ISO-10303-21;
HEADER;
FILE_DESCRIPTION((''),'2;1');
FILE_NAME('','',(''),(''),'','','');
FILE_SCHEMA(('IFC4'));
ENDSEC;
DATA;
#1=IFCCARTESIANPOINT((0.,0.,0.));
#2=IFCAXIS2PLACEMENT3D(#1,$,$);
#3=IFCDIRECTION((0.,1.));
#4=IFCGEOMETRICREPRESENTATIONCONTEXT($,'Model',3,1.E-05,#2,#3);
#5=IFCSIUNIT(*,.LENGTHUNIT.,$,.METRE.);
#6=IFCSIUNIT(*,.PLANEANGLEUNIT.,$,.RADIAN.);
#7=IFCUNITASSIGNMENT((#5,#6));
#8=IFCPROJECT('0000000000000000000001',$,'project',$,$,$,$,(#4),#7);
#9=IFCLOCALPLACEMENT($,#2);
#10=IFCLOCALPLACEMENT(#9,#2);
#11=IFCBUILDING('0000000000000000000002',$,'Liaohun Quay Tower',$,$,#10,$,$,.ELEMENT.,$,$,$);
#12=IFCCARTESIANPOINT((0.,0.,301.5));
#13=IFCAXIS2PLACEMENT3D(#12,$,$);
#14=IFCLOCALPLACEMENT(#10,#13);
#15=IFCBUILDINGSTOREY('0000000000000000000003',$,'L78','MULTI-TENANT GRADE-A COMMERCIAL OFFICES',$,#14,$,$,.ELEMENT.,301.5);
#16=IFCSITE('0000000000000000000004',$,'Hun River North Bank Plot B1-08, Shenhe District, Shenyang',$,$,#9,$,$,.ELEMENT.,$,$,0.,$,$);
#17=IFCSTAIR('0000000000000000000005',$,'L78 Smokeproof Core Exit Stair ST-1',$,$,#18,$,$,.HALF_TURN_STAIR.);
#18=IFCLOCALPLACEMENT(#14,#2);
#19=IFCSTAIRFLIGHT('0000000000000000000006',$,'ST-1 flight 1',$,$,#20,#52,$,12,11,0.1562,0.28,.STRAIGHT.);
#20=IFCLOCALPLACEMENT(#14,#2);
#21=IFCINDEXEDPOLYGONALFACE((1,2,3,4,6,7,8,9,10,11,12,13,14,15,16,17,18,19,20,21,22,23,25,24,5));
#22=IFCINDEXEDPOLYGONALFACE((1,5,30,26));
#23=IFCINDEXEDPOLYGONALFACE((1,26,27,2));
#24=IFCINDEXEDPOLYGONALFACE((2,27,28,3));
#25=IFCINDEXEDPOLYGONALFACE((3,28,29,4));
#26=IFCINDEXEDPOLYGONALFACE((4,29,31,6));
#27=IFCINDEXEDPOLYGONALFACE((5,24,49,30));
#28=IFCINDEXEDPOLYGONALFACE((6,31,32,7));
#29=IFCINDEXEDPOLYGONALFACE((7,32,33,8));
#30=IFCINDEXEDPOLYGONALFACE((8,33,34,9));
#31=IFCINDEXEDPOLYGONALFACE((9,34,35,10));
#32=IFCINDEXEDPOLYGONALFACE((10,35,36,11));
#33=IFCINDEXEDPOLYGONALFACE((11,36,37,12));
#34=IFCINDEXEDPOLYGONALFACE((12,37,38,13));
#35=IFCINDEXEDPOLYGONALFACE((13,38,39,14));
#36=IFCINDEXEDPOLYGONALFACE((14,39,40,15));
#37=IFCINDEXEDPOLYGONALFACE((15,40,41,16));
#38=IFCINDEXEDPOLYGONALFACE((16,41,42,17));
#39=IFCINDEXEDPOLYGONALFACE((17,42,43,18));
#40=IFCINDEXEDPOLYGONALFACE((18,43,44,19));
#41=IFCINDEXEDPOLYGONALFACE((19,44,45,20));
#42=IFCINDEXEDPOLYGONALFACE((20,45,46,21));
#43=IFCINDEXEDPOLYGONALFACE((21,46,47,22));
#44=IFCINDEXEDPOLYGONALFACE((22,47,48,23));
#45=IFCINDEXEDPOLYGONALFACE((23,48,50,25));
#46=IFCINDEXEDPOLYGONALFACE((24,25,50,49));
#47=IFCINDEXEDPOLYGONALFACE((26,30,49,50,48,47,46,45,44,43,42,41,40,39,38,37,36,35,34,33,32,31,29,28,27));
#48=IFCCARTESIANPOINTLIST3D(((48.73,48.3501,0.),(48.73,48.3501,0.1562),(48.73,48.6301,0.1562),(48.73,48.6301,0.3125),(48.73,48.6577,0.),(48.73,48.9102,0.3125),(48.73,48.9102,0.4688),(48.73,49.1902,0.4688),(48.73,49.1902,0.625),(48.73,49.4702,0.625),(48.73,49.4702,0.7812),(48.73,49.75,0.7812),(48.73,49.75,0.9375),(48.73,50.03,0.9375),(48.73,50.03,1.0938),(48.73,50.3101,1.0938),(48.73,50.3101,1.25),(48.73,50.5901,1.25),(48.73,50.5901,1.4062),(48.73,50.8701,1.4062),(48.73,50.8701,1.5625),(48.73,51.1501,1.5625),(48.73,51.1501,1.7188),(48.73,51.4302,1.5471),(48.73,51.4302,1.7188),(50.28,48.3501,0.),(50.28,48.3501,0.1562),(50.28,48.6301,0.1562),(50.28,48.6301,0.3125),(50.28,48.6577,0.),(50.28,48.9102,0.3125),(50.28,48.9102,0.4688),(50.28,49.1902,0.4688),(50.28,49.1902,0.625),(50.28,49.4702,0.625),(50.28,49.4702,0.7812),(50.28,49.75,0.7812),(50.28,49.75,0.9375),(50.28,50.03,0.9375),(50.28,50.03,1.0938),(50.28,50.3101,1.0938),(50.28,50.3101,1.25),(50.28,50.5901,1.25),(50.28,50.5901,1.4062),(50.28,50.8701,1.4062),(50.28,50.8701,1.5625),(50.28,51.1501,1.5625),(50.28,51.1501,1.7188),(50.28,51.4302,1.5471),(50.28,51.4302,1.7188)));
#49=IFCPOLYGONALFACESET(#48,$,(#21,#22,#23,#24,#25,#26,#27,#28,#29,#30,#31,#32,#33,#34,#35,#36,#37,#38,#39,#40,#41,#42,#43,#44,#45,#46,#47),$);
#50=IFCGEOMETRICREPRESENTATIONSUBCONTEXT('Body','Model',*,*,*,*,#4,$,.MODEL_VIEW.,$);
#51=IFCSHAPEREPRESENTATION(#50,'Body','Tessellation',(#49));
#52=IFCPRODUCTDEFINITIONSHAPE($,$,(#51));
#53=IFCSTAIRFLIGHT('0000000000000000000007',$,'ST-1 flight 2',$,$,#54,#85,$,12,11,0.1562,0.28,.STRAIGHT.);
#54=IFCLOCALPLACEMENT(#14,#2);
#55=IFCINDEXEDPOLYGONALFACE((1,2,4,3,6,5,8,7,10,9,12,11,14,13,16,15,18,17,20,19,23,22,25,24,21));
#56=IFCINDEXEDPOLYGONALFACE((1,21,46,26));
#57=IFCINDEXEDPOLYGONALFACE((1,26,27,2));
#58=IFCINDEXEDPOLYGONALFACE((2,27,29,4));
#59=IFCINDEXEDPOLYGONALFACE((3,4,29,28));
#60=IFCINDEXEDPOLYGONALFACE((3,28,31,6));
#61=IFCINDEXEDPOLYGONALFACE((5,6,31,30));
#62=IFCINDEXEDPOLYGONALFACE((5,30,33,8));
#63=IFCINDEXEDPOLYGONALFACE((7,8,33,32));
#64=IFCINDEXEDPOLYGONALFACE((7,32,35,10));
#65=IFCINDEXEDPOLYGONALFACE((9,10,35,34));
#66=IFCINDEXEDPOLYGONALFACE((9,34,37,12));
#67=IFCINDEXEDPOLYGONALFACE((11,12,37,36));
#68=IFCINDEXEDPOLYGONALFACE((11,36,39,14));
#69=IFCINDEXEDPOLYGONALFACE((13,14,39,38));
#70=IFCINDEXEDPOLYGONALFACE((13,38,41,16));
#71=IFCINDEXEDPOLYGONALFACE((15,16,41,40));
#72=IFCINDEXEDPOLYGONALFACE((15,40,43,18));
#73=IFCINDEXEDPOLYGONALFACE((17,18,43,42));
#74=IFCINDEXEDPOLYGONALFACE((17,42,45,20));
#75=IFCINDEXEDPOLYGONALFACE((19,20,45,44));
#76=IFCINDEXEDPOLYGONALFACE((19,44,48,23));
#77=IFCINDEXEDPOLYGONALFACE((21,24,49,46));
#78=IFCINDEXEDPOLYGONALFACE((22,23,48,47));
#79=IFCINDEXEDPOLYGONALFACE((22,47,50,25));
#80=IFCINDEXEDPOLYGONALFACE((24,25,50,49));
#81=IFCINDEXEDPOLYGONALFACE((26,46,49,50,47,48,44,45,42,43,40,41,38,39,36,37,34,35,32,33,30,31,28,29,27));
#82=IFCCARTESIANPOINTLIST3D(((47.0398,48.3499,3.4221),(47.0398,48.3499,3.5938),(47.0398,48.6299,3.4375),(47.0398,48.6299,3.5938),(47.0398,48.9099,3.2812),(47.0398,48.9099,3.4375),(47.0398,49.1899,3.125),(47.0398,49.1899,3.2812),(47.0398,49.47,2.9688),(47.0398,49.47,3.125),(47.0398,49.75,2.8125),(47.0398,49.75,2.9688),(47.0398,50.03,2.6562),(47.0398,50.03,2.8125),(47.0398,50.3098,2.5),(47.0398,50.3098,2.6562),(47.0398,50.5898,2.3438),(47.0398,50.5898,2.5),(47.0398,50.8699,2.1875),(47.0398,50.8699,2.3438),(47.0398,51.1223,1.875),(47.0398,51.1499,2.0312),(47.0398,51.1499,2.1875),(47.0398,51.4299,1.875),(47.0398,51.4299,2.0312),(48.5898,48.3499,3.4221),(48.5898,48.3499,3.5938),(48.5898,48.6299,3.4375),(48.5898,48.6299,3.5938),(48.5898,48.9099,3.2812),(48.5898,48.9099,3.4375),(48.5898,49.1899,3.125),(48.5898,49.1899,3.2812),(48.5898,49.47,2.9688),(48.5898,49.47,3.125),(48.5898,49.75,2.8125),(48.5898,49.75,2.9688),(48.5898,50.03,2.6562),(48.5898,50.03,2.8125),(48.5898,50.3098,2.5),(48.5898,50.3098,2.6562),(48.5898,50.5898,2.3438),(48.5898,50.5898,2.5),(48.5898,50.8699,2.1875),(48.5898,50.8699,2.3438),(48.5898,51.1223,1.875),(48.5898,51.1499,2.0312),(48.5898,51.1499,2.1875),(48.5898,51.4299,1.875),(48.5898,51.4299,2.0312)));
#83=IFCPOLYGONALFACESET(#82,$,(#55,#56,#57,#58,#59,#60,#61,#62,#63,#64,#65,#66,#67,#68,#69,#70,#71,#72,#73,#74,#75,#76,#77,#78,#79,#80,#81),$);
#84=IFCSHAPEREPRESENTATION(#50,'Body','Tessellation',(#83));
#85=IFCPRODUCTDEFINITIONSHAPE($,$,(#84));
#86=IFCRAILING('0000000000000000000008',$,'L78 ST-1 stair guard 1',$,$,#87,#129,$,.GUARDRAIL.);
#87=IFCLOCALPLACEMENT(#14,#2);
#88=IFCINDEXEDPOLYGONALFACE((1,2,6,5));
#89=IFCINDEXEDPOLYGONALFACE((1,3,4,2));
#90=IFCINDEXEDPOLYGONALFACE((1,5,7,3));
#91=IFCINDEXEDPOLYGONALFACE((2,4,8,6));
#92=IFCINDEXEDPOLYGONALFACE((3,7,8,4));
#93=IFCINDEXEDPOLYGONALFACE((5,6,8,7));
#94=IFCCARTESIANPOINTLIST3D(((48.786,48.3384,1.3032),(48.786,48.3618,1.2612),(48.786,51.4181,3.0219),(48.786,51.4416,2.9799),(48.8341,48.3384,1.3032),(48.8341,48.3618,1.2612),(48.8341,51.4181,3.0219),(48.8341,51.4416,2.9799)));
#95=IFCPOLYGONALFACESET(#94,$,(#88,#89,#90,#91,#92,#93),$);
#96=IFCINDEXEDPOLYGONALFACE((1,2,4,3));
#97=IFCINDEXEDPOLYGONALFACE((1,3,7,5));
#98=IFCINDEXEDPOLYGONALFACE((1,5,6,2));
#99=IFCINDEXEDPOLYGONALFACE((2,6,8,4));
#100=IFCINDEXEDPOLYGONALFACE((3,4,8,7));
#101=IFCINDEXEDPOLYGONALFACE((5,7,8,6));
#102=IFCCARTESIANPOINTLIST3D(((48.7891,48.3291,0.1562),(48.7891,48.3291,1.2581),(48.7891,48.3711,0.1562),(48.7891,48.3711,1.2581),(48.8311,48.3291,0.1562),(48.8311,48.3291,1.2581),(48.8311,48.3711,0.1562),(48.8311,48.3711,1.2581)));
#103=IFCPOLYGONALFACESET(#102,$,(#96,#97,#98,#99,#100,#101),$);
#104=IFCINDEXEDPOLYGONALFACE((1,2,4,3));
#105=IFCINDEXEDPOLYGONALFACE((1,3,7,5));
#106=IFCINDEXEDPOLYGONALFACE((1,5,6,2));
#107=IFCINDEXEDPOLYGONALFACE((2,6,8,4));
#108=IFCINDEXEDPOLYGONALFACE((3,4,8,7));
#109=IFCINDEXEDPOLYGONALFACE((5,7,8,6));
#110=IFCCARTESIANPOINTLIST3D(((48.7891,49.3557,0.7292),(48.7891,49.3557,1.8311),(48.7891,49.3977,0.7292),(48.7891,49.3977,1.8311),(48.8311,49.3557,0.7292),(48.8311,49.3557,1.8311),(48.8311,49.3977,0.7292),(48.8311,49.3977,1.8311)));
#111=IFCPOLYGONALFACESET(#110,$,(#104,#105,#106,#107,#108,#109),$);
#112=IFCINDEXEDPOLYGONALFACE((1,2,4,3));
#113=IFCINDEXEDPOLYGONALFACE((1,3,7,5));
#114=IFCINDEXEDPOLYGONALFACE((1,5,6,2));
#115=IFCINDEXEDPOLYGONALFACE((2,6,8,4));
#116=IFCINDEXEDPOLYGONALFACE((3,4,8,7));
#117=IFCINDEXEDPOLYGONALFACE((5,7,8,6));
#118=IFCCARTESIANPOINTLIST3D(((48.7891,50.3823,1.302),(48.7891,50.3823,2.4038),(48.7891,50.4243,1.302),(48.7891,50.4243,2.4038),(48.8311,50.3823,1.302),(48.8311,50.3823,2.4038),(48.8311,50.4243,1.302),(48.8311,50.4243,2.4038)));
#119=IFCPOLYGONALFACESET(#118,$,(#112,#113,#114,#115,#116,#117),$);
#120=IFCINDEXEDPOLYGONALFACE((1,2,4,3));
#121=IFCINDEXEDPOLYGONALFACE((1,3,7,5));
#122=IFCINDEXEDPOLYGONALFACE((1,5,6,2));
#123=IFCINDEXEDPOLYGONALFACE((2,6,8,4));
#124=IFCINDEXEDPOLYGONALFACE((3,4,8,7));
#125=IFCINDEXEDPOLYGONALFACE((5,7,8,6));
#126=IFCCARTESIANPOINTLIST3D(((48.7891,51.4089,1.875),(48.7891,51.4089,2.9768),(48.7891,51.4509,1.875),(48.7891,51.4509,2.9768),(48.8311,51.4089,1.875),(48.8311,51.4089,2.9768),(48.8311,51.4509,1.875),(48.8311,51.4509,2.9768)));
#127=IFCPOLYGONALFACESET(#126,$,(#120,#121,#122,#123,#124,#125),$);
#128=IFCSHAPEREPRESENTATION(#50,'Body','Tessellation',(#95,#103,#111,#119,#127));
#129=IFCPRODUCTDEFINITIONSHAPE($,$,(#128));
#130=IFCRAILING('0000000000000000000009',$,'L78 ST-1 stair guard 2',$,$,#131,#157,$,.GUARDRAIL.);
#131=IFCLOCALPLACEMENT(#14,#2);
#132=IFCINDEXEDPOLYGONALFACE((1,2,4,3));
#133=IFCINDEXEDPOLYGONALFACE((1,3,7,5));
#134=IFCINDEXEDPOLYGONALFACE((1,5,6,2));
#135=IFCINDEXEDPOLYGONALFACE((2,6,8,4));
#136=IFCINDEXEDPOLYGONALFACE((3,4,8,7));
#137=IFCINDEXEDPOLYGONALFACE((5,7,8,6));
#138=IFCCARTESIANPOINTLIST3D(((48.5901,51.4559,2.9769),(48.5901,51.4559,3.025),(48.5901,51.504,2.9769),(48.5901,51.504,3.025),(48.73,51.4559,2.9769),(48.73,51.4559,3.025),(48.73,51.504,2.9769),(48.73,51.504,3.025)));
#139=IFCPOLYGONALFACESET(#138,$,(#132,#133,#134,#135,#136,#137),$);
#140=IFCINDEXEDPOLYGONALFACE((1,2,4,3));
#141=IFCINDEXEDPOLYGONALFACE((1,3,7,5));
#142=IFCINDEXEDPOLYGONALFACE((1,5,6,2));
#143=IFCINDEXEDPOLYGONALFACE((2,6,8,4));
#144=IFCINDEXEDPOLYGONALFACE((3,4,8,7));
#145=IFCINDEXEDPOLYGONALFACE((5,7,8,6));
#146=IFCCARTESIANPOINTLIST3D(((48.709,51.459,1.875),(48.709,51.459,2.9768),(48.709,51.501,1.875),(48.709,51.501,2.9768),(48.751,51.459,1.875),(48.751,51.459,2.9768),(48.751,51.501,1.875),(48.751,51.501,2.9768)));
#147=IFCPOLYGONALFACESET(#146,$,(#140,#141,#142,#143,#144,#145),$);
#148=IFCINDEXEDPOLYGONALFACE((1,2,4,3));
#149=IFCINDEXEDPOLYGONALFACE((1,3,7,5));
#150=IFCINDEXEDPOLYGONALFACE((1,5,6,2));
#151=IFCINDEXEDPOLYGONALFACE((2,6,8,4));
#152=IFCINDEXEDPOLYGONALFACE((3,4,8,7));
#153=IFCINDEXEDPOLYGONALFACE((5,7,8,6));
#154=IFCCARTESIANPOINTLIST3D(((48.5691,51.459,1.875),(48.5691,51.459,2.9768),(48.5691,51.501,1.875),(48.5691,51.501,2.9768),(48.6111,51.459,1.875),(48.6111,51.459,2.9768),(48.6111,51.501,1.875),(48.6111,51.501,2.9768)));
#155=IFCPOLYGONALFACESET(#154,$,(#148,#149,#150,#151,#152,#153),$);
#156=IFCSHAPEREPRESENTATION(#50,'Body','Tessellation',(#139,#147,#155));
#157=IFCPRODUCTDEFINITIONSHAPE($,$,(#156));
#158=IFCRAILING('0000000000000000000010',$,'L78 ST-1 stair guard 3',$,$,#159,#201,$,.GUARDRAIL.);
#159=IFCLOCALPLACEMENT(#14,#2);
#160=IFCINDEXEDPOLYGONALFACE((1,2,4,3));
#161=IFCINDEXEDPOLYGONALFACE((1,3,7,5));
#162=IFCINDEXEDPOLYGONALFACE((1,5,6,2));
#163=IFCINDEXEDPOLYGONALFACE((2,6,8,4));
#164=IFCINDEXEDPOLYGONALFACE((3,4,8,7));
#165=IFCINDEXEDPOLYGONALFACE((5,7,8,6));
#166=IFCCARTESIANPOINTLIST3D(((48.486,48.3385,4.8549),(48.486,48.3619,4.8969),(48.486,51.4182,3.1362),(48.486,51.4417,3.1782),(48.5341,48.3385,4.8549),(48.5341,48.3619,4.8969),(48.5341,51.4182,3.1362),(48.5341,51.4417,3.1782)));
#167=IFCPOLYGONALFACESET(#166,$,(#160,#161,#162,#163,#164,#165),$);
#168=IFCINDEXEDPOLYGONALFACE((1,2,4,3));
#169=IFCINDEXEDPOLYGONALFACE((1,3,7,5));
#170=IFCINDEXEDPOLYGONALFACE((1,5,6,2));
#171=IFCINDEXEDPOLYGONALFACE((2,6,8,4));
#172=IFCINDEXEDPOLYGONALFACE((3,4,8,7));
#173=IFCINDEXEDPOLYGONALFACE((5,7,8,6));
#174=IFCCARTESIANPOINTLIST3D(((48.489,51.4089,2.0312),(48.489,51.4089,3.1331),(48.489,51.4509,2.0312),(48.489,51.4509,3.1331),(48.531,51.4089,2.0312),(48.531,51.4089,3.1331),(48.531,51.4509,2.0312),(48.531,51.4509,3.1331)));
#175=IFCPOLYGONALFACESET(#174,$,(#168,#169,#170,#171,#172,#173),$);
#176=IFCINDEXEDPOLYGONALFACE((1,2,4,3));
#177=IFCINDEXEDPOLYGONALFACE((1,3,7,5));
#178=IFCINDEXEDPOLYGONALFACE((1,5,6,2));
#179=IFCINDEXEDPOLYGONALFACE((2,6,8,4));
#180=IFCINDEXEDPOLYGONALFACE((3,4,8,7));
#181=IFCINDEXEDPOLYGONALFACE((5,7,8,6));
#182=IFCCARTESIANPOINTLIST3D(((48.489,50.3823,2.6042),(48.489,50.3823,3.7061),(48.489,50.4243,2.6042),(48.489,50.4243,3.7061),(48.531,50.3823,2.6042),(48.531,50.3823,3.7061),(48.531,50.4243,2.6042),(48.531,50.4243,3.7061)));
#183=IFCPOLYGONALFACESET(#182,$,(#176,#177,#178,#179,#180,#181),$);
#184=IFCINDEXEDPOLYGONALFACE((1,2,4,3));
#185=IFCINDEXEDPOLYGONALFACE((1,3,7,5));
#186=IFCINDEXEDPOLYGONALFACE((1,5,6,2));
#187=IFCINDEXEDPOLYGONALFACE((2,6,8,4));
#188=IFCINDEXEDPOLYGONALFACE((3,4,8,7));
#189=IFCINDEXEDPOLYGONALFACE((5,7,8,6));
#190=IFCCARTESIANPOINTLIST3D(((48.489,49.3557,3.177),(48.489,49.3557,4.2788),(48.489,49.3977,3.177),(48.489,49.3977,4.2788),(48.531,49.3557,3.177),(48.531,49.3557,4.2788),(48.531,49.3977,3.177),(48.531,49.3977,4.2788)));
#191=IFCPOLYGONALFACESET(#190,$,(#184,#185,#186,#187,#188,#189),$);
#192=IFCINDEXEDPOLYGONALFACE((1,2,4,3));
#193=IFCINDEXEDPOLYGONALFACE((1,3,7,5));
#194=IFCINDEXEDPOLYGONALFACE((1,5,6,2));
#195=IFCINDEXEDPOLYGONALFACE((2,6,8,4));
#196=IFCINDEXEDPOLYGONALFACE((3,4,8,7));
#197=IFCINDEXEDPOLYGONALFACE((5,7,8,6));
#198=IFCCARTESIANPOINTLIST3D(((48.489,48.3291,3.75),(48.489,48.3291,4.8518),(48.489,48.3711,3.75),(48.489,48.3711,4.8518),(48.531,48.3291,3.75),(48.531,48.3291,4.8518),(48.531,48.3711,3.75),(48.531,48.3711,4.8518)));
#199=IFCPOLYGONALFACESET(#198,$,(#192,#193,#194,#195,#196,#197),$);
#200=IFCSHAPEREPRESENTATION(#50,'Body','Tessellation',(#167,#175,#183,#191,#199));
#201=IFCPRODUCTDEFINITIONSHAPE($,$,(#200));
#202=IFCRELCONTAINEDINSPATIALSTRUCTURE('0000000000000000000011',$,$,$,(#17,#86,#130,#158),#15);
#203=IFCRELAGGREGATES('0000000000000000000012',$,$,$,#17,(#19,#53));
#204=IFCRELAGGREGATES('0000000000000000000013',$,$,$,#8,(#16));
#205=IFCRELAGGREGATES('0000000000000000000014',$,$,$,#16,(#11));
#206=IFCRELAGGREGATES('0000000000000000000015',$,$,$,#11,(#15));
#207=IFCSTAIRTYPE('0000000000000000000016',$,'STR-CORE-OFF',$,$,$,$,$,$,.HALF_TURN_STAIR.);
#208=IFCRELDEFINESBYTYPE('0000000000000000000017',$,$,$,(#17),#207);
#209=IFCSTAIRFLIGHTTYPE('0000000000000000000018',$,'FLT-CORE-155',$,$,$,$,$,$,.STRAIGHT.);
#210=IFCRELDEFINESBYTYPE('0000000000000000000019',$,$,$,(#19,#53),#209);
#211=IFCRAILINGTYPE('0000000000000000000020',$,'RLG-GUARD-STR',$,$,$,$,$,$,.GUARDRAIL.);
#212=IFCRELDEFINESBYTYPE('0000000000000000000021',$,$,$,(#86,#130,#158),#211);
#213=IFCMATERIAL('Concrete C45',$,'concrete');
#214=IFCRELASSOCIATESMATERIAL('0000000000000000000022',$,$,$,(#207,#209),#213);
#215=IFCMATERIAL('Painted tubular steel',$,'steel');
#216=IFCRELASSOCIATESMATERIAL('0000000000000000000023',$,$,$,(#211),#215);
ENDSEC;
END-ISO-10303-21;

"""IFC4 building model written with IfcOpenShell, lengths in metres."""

from ifc_helpers import new_model, si_unit, direction, frame, origin, origin_2d, place, context, subcontext, project, spatial, polyline, rectangle, outline, extrude, material, type_object, element, aggregate, save


model = new_model("IFC4")

# Units and contexts
model_context = context("Model", 3, precision=1e-05, world=origin(), true_north=direction((0.0, 1.0)))
body_context = subcontext(model_context, "Body", "Model", "MODEL_VIEW")
ifc_project = project(units=[si_unit("LENGTHUNIT", "METRE"), si_unit("PLANEANGLEUNIT", "RADIAN")], contexts=[model_context])

# Site, building, storey
site_placement = place(None, origin())
site = spatial("IfcSite", under=ifc_project, at=site_placement, Name="Hun River North Bank Plot B1-08, Shenhe District, Shenyang", CompositionType="ELEMENT", RefElevation=0.0)
building_placement = place(site_placement, origin())
building = spatial("IfcBuilding", under=site, at=building_placement, Name="Liaohun Quay Tower", CompositionType="ELEMENT")
storey_placement = place(building_placement, frame((0.0, 0.0, 301.5)))
storey = spatial("IfcBuildingStorey", under=building, at=storey_placement, Name="L78", Description="MULTI-TENANT GRADE-A COMMERCIAL OFFICES", CompositionType="ELEMENT", Elevation=301.5)

# Stair
ifc_material_1 = material(Name="Concrete C45", Category="concrete")
stair_type = type_object("IfcStairType", Name="STR-CORE-OFF", PredefinedType="HALF_TURN_STAIR", material=ifc_material_1)
stair_1_placement = place(storey_placement, origin())
stair_1 = element("IfcStair", 1, at=stair_1_placement, inside=storey, type_object=stair_type, Name="L78 Smokeproof Core Exit Stair ST-1", PredefinedType="HALF_TURN_STAIR")

# Stair flights
stair_flight_type = type_object("IfcStairFlightType", Name="FLT-CORE-155", PredefinedType="STRAIGHT", material=ifc_material_1)
stair_flight_1_placement = place(storey_placement, frame((49.5049, 48.3501, 0.0), z_axis=(0.0, 0.0, 1.0), x_axis=(0.0, 1.0, 0.0)))
stair_flight_1 = element("IfcStairFlight", 2, at=stair_flight_1_placement, type_object=stair_flight_type, Name="ST-1 flight 1", NumberOfRisers=12, NumberOfTreads=11, PredefinedType="STRAIGHT", RiserHeight=0.1562, TreadLength=0.28, context=body_context, shape_type="SweptSolid", body=[
    extrude(outline(polyline([(0.0, 0.0), (0.0, 0.1562), (0.28, 0.1562), (0.28, 0.3125), (0.5601, 0.3125), (0.5601, 0.4688), (0.8401, 0.4688), (0.8401, 0.625), (1.1201, 0.625), (1.1201, 0.7812), (1.3999, 0.7812), (1.3999, 0.9375), (1.6799, 0.9375), (1.6799, 1.0938), (1.96, 1.0938), (1.96, 1.25), (2.24, 1.25), (2.24, 1.4062), (2.52, 1.4062), (2.52, 1.5625), (2.8, 1.5625), (2.8, 1.7188), (3.0801, 1.7188), (3.0801, 1.875), (3.0801, 1.5471), (0.3076, 0.0), (0.0, 0.0)])), frame((0.0, 0.7749, 0.0), z_axis=(0.0, -1.0, 0.0), x_axis=(1.0, 0.0, 0.0)), (0.0, 0.0, 1.0), 1.55),
])
stair_flight_2_placement = place(storey_placement, frame((47.8149, 51.4299, 1.875), z_axis=(0.0, 0.0, 1.0), x_axis=(0.0, -1.0, 0.0)))
stair_flight_2 = element("IfcStairFlight", 3, at=stair_flight_2_placement, type_object=stair_flight_type, Name="ST-1 flight 2", NumberOfRisers=12, NumberOfTreads=11, PredefinedType="STRAIGHT", RiserHeight=0.1562, TreadLength=0.28, context=body_context, shape_type="SweptSolid", body=[
    extrude(outline(polyline([(0.0, 0.0), (0.0, 0.1562), (0.28, 0.1562), (0.28, 0.3125), (0.5601, 0.3125), (0.5601, 0.4688), (0.8401, 0.4688), (0.8401, 0.625), (1.1201, 0.625), (1.1201, 0.7812), (1.3999, 0.7812), (1.3999, 0.9375), (1.6799, 0.9375), (1.6799, 1.0938), (1.96, 1.0938), (1.96, 1.25), (2.24, 1.25), (2.24, 1.4062), (2.52, 1.4062), (2.52, 1.5625), (2.8, 1.5625), (2.8, 1.7188), (3.0801, 1.7188), (3.0801, 1.875), (3.0801, 1.5471), (0.3076, 0.0), (0.0, 0.0)])), frame((0.0, 0.7749, 0.0), z_axis=(0.0, -1.0, 0.0), x_axis=(1.0, 0.0, 0.0)), (0.0, 0.0, 1.0), 1.55),
])
aggregate(stair_1, [stair_flight_1, stair_flight_2])

# Railings
ifc_material_2 = material(Name="Painted tubular steel", Category="steel")
railing_type_1 = type_object("IfcRailingType", Name="RLG-GUARD-STR", PredefinedType="GUARDRAIL", material=ifc_material_2)
railing_1_placement = place(storey_placement, frame((48.8101, 48.3501, 0.1562)))
element("IfcRailing", 4, at=railing_1_placement, inside=storey, type_object=railing_type_1, Name="L78 ST-1 stair guard 1", PredefinedType="GUARDRAIL", context=body_context, shape_type="SweptSolid", body=[
    extrude(rectangle(XDim=0.0481, YDim=0.0481, at=origin_2d()), frame((0.0, 0.0, 1.126), z_axis=(0.0, 0.873225, 0.487317), x_axis=(-1.0, 0.0, 0.0)), (0.0, 0.0, 1.0), 3.5269),
    extrude(rectangle(XDim=0.042, YDim=0.042, at=origin_2d()), origin(), (0.0, 0.0, 1.0), 1.1018),
    extrude(rectangle(XDim=0.042, YDim=0.042, at=origin_2d()), frame((0.0, 1.0266, 0.573)), (0.0, 0.0, 1.0), 1.1018),
    extrude(rectangle(XDim=0.042, YDim=0.042, at=origin_2d()), frame((0.0, 2.0532, 1.1458)), (0.0, 0.0, 1.0), 1.1018),
    extrude(rectangle(XDim=0.042, YDim=0.042, at=origin_2d()), frame((0.0, 3.0798, 1.7188)), (0.0, 0.0, 1.0), 1.1018),
])
railing_2_placement = place(storey_placement, frame((48.73, 51.48, 1.875)))
element("IfcRailing", 5, at=railing_2_placement, inside=storey, type_object=railing_type_1, Name="L78 ST-1 stair guard 2", PredefinedType="GUARDRAIL", context=body_context, shape_type="SweptSolid", body=[
    extrude(rectangle(XDim=0.0481, YDim=0.0481, at=origin_2d()), frame((0.0, 0.0, 1.126), z_axis=(-1.0, 0.0, 0.0), x_axis=(0.0, -1.0, 0.0)), (0.0, 0.0, 1.0), 0.1399),
    extrude(rectangle(XDim=0.042, YDim=0.042, at=origin_2d()), origin(), (0.0, 0.0, 1.0), 1.1018),
    extrude(rectangle(XDim=0.042, YDim=0.042, at=origin_2d()), frame((-0.1399, 0.0, 0.0)), (0.0, 0.0, 1.0), 1.1018),
])
railing_3_placement = place(storey_placement, frame((48.51, 51.4299, 2.0312)))
element("IfcRailing", 6, at=railing_3_placement, inside=storey, type_object=railing_type_1, Name="L78 ST-1 stair guard 3", PredefinedType="GUARDRAIL", context=body_context, shape_type="SweptSolid", body=[
    extrude(rectangle(XDim=0.0481, YDim=0.0481, at=origin_2d()), frame((0.0, 0.0, 1.126), z_axis=(0.0, -0.873225, 0.487317), x_axis=(1.0, 0.0, 0.0)), (0.0, 0.0, 1.0), 3.5269),
    extrude(rectangle(XDim=0.042, YDim=0.042, at=origin_2d()), origin(), (0.0, 0.0, 1.0), 1.1018),
    extrude(rectangle(XDim=0.042, YDim=0.042, at=origin_2d()), frame((0.0, -1.0266, 0.573)), (0.0, 0.0, 1.0), 1.1018),
    extrude(rectangle(XDim=0.042, YDim=0.042, at=origin_2d()), frame((0.0, -2.0532, 1.1458)), (0.0, 0.0, 1.0), 1.1018),
    extrude(rectangle(XDim=0.042, YDim=0.042, at=origin_2d()), frame((0.0, -3.0798, 1.7188)), (0.0, 0.0, 1.0), 1.1018),
])

save(model, "model.ifc")
